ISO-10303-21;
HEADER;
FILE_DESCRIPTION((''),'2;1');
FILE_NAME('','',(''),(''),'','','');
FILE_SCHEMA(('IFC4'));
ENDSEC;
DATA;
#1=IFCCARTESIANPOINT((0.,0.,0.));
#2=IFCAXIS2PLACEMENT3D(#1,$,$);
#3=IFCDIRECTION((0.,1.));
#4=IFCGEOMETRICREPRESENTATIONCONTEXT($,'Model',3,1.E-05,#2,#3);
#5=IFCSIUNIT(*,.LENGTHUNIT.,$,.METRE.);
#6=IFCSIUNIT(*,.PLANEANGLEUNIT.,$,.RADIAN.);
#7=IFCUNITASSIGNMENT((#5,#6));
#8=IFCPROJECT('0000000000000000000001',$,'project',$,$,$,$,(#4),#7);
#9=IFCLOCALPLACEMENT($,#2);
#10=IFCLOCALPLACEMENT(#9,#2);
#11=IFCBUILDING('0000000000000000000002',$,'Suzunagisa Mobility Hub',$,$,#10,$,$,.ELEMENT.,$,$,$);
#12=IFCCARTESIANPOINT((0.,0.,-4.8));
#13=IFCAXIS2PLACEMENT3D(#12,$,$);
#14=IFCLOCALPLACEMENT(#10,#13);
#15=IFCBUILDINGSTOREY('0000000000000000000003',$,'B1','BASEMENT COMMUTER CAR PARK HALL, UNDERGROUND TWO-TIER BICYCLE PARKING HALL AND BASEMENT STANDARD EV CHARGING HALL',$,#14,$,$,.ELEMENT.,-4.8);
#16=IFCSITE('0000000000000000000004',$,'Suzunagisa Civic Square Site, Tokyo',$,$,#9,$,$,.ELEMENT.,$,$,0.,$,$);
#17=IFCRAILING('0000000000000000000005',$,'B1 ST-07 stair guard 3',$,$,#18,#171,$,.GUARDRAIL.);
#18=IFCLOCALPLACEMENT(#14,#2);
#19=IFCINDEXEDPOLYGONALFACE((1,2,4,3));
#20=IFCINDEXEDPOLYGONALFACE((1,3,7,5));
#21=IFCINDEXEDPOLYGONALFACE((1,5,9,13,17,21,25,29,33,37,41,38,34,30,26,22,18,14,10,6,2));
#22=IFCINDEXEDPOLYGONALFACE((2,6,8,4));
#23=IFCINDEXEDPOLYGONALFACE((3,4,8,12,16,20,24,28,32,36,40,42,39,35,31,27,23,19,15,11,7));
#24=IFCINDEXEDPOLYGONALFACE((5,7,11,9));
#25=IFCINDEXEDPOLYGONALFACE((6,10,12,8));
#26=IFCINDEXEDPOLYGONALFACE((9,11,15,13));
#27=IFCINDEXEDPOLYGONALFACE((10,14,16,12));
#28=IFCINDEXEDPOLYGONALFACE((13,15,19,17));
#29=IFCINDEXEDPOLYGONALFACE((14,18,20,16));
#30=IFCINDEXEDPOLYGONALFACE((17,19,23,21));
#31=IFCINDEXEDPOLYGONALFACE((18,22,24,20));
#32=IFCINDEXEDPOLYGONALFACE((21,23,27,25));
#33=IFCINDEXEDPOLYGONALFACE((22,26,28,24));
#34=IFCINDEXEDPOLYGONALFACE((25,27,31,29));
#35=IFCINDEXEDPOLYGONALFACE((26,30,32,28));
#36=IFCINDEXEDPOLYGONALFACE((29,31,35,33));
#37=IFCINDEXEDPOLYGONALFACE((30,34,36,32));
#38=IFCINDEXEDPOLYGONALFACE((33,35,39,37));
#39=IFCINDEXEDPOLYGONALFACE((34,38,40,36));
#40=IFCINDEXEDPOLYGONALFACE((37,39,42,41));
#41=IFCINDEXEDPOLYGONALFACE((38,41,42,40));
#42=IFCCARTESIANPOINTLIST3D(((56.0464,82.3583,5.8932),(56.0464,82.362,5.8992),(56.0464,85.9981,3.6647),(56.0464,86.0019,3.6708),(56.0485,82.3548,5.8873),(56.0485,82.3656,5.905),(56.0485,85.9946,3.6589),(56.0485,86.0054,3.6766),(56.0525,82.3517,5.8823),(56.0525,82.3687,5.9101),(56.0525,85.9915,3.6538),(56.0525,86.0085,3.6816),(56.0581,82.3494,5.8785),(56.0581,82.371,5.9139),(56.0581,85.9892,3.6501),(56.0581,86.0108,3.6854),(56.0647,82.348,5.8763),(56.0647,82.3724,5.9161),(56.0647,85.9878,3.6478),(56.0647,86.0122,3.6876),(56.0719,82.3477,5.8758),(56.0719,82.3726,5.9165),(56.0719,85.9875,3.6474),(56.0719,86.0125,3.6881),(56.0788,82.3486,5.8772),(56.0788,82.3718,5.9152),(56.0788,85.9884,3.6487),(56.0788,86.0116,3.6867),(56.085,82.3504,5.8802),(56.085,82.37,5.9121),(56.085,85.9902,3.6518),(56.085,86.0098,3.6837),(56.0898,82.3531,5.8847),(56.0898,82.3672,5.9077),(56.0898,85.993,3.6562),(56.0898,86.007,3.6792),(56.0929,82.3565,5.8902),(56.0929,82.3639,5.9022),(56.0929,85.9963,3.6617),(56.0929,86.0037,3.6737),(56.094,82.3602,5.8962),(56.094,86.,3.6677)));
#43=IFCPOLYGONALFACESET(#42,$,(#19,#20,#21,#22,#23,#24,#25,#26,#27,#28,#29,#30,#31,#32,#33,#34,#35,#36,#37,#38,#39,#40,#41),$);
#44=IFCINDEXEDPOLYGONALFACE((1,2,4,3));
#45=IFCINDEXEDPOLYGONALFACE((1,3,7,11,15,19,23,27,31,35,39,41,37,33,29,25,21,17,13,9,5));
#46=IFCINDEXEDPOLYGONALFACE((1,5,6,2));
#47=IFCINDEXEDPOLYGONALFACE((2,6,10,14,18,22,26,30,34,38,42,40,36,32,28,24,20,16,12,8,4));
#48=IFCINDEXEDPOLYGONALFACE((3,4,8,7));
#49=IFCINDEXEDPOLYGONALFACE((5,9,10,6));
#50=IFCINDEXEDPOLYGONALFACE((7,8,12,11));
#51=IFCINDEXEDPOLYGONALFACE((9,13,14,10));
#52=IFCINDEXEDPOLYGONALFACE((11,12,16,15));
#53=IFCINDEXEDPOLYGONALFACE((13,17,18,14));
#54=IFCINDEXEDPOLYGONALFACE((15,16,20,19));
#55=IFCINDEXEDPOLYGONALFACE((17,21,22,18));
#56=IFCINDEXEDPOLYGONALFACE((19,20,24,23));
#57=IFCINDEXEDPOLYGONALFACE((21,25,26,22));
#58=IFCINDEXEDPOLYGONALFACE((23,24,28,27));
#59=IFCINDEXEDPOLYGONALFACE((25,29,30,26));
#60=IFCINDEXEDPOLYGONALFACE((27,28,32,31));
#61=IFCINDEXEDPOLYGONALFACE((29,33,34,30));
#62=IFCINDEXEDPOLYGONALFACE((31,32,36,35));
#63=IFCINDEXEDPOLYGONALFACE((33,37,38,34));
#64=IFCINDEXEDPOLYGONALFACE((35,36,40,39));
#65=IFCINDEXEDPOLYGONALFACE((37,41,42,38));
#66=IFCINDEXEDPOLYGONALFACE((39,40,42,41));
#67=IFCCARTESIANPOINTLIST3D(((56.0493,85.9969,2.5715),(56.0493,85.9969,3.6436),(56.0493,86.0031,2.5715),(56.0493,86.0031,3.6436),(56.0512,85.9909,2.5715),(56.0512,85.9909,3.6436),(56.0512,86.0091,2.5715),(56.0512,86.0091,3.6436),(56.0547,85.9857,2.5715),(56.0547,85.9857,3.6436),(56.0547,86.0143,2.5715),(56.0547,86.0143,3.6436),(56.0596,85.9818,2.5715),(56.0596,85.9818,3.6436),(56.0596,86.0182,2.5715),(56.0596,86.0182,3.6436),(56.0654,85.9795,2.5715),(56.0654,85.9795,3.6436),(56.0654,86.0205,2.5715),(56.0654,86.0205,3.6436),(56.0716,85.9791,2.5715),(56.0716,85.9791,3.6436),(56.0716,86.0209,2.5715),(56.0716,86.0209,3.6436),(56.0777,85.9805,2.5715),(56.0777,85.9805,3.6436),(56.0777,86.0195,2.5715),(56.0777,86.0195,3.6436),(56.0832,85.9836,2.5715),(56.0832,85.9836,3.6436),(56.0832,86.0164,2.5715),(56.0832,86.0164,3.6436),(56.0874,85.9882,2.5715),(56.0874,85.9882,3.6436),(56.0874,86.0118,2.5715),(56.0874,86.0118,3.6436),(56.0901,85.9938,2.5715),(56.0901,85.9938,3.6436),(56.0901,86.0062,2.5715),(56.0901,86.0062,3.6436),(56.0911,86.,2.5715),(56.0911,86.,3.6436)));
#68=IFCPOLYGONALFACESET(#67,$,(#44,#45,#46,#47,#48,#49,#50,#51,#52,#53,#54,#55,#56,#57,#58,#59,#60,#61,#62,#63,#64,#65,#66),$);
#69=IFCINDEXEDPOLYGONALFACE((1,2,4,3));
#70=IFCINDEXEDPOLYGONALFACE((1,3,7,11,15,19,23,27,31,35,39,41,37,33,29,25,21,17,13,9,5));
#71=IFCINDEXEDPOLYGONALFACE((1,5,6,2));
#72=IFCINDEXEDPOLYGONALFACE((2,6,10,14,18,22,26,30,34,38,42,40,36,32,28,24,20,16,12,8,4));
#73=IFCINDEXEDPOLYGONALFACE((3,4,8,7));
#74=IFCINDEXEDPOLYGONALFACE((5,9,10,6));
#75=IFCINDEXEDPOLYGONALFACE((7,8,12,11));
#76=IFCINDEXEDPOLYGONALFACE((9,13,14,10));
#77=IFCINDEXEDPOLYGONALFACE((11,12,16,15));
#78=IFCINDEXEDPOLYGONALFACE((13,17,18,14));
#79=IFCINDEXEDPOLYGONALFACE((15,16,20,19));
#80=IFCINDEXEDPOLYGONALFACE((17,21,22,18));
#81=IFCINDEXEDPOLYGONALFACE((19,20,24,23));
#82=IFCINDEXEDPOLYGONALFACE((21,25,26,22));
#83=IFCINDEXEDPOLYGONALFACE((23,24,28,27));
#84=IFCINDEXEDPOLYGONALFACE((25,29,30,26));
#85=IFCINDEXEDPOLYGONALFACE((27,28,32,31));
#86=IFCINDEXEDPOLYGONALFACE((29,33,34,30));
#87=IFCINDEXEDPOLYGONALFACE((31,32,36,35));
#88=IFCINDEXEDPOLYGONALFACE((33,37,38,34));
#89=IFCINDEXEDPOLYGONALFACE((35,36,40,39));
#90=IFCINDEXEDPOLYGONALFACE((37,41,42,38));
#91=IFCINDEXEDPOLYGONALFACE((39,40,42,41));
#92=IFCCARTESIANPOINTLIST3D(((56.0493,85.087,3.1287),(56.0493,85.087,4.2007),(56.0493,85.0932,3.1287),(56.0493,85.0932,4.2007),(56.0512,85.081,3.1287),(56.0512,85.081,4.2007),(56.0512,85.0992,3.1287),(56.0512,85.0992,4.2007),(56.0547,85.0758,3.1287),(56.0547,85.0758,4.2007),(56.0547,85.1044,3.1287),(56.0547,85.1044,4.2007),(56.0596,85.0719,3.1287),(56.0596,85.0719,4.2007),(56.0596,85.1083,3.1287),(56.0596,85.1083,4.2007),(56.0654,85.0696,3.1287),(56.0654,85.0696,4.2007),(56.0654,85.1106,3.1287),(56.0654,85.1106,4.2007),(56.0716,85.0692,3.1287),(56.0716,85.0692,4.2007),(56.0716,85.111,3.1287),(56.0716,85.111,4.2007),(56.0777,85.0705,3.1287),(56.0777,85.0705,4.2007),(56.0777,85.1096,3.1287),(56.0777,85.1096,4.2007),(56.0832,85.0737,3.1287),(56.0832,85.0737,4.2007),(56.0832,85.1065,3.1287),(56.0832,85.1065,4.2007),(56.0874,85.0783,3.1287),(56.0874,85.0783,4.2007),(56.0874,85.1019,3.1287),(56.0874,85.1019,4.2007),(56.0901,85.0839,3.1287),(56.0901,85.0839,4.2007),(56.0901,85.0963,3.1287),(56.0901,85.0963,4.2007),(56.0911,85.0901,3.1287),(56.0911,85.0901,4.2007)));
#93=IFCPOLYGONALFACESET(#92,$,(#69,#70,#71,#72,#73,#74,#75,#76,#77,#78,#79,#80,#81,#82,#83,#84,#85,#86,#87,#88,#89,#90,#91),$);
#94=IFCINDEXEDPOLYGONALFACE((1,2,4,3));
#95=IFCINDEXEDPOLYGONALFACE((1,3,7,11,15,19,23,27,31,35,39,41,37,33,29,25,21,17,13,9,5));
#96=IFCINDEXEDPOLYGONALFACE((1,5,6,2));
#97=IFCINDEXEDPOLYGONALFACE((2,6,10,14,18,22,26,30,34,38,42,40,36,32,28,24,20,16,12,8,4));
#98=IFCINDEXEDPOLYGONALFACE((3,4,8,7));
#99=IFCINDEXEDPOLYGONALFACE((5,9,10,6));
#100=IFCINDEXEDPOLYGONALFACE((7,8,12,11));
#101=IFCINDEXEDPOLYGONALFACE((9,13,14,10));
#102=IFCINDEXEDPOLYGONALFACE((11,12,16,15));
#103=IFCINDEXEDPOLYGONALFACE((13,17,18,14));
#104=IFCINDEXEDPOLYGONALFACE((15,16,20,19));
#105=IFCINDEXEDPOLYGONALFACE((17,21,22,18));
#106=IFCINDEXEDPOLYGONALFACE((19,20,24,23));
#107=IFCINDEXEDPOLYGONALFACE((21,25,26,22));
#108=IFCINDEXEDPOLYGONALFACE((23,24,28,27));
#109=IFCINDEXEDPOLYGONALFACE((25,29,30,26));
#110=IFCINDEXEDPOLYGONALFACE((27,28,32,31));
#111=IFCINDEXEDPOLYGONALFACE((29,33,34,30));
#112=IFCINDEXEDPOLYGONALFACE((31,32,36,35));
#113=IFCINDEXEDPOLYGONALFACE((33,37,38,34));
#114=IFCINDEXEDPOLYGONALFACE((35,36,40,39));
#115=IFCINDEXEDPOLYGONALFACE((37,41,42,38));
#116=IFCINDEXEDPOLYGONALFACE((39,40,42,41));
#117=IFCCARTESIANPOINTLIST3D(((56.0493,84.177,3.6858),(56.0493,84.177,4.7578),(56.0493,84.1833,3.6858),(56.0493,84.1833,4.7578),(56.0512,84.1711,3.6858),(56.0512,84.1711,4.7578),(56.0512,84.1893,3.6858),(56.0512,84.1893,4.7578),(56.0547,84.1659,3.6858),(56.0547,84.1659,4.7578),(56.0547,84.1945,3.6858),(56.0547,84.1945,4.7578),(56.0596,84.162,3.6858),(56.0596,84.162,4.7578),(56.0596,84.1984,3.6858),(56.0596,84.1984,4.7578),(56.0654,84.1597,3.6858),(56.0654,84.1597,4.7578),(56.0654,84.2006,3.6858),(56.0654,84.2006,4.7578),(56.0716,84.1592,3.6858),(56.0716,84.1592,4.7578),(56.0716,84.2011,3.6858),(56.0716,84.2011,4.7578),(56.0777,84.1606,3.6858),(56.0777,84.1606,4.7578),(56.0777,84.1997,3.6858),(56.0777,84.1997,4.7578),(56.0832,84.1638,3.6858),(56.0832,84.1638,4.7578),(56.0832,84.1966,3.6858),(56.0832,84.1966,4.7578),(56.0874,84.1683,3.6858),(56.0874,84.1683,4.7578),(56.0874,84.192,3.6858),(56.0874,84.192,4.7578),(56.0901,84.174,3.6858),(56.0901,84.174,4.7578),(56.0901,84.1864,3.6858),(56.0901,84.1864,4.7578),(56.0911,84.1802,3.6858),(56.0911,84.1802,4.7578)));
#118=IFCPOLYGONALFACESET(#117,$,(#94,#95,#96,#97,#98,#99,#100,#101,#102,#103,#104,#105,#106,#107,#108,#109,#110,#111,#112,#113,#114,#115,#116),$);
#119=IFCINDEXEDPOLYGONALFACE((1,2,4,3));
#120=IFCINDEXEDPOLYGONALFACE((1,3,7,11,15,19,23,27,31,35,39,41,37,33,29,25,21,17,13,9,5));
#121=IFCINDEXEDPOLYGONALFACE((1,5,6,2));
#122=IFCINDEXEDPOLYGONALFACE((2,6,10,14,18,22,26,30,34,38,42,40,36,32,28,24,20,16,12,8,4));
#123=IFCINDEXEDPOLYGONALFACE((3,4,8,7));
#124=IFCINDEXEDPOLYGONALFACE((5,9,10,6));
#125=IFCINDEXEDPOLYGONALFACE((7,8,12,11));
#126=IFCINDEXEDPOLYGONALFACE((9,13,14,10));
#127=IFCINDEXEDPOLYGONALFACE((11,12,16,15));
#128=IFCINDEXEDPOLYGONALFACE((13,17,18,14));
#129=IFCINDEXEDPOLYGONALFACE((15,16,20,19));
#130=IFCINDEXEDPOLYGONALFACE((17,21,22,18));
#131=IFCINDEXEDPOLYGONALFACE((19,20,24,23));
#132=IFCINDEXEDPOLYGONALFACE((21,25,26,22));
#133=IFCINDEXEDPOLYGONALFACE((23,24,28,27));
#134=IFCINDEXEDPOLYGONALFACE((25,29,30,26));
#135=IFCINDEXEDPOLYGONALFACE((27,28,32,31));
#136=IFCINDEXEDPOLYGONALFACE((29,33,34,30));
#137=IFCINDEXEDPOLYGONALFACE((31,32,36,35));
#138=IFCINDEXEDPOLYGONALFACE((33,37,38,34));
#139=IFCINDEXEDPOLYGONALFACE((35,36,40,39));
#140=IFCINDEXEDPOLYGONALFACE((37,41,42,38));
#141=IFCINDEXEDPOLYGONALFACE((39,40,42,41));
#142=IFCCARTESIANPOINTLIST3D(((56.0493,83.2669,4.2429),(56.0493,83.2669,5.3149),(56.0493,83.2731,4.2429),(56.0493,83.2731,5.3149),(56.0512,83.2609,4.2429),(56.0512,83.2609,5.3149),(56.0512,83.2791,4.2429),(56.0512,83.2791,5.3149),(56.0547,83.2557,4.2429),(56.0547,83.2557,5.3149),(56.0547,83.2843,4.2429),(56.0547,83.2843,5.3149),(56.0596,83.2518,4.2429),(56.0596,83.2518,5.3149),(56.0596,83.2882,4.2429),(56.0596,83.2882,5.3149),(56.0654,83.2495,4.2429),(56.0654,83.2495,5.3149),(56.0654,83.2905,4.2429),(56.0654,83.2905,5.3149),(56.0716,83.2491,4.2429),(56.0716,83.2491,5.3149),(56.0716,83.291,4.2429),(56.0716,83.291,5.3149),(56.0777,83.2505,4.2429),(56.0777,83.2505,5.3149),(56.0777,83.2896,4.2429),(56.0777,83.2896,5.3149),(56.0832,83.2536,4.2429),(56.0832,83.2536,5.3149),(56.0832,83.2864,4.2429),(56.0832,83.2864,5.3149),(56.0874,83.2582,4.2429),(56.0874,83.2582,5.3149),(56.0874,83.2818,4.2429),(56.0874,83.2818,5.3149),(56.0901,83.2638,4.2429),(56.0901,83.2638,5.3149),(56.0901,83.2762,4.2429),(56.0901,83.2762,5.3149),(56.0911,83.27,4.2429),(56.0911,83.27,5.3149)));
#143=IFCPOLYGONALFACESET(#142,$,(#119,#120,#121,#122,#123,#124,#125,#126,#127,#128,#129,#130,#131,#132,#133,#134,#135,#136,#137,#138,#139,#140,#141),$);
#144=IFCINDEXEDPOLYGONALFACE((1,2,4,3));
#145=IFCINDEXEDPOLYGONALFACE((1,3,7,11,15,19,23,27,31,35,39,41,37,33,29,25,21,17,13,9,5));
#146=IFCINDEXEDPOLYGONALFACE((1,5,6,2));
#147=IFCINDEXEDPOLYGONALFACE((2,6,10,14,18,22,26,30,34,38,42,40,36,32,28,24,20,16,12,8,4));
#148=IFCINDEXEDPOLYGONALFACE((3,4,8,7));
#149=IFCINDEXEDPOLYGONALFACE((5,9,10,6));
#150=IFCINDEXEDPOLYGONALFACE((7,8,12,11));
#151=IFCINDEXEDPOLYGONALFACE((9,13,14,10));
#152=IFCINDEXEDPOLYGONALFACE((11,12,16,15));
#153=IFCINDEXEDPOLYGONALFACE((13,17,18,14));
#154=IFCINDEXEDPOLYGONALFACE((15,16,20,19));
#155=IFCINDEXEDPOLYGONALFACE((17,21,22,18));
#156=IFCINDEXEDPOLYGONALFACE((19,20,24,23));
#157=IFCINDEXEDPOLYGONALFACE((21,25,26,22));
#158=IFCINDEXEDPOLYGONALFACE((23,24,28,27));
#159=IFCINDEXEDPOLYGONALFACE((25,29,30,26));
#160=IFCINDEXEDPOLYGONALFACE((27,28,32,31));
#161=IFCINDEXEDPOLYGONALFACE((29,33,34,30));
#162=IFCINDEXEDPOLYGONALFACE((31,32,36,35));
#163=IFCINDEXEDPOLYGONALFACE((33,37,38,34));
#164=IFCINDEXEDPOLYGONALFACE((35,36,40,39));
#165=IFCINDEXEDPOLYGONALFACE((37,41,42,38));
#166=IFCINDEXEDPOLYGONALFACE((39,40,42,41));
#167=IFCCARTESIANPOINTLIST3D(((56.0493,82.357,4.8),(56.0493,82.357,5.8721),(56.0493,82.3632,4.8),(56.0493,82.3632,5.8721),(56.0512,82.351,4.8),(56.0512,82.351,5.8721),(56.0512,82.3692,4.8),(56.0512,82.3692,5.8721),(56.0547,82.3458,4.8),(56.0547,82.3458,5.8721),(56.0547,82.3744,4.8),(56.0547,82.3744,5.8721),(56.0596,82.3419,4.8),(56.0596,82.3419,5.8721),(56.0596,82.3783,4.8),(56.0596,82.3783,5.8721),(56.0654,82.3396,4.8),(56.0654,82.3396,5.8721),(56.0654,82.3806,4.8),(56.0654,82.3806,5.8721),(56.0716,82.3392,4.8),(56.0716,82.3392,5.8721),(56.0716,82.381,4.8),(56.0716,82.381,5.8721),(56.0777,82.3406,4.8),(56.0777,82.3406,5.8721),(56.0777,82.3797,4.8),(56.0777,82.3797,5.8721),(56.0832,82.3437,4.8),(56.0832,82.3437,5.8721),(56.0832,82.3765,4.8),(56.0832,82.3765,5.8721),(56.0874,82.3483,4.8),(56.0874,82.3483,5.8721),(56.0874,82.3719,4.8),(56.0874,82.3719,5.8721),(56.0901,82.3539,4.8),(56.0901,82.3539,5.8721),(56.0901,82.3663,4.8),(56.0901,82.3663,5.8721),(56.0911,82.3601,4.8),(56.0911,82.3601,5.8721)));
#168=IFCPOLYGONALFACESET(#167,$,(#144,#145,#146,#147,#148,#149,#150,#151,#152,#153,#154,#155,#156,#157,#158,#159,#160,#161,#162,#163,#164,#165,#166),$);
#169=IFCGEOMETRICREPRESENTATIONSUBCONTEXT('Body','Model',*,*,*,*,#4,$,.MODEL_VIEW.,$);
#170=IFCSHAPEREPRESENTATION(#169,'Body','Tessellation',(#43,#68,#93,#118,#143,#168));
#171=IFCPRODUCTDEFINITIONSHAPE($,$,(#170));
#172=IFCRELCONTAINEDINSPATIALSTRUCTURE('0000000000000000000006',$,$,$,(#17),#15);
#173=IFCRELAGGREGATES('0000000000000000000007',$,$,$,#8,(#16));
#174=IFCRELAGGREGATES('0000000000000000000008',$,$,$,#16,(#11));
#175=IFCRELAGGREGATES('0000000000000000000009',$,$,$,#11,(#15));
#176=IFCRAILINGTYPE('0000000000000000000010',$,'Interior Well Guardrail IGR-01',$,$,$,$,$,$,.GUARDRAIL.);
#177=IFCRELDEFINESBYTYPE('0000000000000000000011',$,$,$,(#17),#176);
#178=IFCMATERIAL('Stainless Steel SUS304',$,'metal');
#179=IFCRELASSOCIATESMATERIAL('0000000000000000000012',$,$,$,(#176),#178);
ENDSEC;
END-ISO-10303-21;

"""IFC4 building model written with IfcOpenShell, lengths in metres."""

from ifc_helpers import new_model, si_unit, direction, frame, origin, origin_2d, place, context, subcontext, project, spatial, circle, extrude, material, type_object, element, save


model = new_model("IFC4")

# Units and contexts
model_context = context("Model", 3, precision=1e-05, world=origin(), true_north=direction((0.0, 1.0)))
body_context = subcontext(model_context, "Body", "Model", "MODEL_VIEW")
ifc_project = project(units=[si_unit("LENGTHUNIT", "METRE"), si_unit("PLANEANGLEUNIT", "RADIAN")], contexts=[model_context])

# Site, building, storey
site_placement = place(None, origin())
site = spatial("IfcSite", under=ifc_project, at=site_placement, Name="Suzunagisa Civic Square Site, Tokyo", CompositionType="ELEMENT", RefElevation=0.0)
building_placement = place(site_placement, origin())
building = spatial("IfcBuilding", under=site, at=building_placement, Name="Suzunagisa Mobility Hub", CompositionType="ELEMENT")
storey_placement = place(building_placement, frame((0.0, 0.0, -4.8)))
storey = spatial("IfcBuildingStorey", under=building, at=storey_placement, Name="B1", Description="BASEMENT COMMUTER CAR PARK HALL, UNDERGROUND TWO-TIER BICYCLE PARKING HALL AND BASEMENT STANDARD EV CHARGING HALL", CompositionType="ELEMENT", Elevation=-4.8)

# Railing
ifc_material_1 = material(Name="Stainless Steel SUS304", Category="metal")
railing_type_1 = type_object("IfcRailingType", Name="Interior Well Guardrail IGR-01", PredefinedType="GUARDRAIL", material=ifc_material_1)
railing_1_placement = place(storey_placement, frame((56.0701, 86.0, 2.5715)))
element("IfcRailing", 1, at=railing_1_placement, inside=storey, type_object=railing_type_1, Name="B1 ST-07 stair guard 3", PredefinedType="GUARDRAIL", context=body_context, shape_type="SweptSolid", body=[
    extrude(circle(Radius=0.0239, at=origin_2d()), frame((0.0, 0.0, 1.0962), z_axis=(0.0, -0.85285, 0.522156), x_axis=(1.0, 0.0, 0.0)), (0.0, 0.0, 1.0), 4.2678),
    extrude(circle(Radius=0.021, at=origin_2d()), origin(), (0.0, 0.0, 1.0), 1.072),
    extrude(circle(Radius=0.021, at=origin_2d()), frame((0.0, -0.9099, 0.5571)), (0.0, 0.0, 1.0), 1.072),
    extrude(circle(Radius=0.021, at=origin_2d()), frame((0.0, -1.8198, 1.1143)), (0.0, 0.0, 1.0), 1.072),
    extrude(circle(Radius=0.021, at=origin_2d()), frame((0.0, -2.73, 1.6714)), (0.0, 0.0, 1.0), 1.072),
    extrude(circle(Radius=0.021, at=origin_2d()), frame((0.0, -3.6399, 2.2285)), (0.0, 0.0, 1.0), 1.072),
])

save(model, "model.ifc")
